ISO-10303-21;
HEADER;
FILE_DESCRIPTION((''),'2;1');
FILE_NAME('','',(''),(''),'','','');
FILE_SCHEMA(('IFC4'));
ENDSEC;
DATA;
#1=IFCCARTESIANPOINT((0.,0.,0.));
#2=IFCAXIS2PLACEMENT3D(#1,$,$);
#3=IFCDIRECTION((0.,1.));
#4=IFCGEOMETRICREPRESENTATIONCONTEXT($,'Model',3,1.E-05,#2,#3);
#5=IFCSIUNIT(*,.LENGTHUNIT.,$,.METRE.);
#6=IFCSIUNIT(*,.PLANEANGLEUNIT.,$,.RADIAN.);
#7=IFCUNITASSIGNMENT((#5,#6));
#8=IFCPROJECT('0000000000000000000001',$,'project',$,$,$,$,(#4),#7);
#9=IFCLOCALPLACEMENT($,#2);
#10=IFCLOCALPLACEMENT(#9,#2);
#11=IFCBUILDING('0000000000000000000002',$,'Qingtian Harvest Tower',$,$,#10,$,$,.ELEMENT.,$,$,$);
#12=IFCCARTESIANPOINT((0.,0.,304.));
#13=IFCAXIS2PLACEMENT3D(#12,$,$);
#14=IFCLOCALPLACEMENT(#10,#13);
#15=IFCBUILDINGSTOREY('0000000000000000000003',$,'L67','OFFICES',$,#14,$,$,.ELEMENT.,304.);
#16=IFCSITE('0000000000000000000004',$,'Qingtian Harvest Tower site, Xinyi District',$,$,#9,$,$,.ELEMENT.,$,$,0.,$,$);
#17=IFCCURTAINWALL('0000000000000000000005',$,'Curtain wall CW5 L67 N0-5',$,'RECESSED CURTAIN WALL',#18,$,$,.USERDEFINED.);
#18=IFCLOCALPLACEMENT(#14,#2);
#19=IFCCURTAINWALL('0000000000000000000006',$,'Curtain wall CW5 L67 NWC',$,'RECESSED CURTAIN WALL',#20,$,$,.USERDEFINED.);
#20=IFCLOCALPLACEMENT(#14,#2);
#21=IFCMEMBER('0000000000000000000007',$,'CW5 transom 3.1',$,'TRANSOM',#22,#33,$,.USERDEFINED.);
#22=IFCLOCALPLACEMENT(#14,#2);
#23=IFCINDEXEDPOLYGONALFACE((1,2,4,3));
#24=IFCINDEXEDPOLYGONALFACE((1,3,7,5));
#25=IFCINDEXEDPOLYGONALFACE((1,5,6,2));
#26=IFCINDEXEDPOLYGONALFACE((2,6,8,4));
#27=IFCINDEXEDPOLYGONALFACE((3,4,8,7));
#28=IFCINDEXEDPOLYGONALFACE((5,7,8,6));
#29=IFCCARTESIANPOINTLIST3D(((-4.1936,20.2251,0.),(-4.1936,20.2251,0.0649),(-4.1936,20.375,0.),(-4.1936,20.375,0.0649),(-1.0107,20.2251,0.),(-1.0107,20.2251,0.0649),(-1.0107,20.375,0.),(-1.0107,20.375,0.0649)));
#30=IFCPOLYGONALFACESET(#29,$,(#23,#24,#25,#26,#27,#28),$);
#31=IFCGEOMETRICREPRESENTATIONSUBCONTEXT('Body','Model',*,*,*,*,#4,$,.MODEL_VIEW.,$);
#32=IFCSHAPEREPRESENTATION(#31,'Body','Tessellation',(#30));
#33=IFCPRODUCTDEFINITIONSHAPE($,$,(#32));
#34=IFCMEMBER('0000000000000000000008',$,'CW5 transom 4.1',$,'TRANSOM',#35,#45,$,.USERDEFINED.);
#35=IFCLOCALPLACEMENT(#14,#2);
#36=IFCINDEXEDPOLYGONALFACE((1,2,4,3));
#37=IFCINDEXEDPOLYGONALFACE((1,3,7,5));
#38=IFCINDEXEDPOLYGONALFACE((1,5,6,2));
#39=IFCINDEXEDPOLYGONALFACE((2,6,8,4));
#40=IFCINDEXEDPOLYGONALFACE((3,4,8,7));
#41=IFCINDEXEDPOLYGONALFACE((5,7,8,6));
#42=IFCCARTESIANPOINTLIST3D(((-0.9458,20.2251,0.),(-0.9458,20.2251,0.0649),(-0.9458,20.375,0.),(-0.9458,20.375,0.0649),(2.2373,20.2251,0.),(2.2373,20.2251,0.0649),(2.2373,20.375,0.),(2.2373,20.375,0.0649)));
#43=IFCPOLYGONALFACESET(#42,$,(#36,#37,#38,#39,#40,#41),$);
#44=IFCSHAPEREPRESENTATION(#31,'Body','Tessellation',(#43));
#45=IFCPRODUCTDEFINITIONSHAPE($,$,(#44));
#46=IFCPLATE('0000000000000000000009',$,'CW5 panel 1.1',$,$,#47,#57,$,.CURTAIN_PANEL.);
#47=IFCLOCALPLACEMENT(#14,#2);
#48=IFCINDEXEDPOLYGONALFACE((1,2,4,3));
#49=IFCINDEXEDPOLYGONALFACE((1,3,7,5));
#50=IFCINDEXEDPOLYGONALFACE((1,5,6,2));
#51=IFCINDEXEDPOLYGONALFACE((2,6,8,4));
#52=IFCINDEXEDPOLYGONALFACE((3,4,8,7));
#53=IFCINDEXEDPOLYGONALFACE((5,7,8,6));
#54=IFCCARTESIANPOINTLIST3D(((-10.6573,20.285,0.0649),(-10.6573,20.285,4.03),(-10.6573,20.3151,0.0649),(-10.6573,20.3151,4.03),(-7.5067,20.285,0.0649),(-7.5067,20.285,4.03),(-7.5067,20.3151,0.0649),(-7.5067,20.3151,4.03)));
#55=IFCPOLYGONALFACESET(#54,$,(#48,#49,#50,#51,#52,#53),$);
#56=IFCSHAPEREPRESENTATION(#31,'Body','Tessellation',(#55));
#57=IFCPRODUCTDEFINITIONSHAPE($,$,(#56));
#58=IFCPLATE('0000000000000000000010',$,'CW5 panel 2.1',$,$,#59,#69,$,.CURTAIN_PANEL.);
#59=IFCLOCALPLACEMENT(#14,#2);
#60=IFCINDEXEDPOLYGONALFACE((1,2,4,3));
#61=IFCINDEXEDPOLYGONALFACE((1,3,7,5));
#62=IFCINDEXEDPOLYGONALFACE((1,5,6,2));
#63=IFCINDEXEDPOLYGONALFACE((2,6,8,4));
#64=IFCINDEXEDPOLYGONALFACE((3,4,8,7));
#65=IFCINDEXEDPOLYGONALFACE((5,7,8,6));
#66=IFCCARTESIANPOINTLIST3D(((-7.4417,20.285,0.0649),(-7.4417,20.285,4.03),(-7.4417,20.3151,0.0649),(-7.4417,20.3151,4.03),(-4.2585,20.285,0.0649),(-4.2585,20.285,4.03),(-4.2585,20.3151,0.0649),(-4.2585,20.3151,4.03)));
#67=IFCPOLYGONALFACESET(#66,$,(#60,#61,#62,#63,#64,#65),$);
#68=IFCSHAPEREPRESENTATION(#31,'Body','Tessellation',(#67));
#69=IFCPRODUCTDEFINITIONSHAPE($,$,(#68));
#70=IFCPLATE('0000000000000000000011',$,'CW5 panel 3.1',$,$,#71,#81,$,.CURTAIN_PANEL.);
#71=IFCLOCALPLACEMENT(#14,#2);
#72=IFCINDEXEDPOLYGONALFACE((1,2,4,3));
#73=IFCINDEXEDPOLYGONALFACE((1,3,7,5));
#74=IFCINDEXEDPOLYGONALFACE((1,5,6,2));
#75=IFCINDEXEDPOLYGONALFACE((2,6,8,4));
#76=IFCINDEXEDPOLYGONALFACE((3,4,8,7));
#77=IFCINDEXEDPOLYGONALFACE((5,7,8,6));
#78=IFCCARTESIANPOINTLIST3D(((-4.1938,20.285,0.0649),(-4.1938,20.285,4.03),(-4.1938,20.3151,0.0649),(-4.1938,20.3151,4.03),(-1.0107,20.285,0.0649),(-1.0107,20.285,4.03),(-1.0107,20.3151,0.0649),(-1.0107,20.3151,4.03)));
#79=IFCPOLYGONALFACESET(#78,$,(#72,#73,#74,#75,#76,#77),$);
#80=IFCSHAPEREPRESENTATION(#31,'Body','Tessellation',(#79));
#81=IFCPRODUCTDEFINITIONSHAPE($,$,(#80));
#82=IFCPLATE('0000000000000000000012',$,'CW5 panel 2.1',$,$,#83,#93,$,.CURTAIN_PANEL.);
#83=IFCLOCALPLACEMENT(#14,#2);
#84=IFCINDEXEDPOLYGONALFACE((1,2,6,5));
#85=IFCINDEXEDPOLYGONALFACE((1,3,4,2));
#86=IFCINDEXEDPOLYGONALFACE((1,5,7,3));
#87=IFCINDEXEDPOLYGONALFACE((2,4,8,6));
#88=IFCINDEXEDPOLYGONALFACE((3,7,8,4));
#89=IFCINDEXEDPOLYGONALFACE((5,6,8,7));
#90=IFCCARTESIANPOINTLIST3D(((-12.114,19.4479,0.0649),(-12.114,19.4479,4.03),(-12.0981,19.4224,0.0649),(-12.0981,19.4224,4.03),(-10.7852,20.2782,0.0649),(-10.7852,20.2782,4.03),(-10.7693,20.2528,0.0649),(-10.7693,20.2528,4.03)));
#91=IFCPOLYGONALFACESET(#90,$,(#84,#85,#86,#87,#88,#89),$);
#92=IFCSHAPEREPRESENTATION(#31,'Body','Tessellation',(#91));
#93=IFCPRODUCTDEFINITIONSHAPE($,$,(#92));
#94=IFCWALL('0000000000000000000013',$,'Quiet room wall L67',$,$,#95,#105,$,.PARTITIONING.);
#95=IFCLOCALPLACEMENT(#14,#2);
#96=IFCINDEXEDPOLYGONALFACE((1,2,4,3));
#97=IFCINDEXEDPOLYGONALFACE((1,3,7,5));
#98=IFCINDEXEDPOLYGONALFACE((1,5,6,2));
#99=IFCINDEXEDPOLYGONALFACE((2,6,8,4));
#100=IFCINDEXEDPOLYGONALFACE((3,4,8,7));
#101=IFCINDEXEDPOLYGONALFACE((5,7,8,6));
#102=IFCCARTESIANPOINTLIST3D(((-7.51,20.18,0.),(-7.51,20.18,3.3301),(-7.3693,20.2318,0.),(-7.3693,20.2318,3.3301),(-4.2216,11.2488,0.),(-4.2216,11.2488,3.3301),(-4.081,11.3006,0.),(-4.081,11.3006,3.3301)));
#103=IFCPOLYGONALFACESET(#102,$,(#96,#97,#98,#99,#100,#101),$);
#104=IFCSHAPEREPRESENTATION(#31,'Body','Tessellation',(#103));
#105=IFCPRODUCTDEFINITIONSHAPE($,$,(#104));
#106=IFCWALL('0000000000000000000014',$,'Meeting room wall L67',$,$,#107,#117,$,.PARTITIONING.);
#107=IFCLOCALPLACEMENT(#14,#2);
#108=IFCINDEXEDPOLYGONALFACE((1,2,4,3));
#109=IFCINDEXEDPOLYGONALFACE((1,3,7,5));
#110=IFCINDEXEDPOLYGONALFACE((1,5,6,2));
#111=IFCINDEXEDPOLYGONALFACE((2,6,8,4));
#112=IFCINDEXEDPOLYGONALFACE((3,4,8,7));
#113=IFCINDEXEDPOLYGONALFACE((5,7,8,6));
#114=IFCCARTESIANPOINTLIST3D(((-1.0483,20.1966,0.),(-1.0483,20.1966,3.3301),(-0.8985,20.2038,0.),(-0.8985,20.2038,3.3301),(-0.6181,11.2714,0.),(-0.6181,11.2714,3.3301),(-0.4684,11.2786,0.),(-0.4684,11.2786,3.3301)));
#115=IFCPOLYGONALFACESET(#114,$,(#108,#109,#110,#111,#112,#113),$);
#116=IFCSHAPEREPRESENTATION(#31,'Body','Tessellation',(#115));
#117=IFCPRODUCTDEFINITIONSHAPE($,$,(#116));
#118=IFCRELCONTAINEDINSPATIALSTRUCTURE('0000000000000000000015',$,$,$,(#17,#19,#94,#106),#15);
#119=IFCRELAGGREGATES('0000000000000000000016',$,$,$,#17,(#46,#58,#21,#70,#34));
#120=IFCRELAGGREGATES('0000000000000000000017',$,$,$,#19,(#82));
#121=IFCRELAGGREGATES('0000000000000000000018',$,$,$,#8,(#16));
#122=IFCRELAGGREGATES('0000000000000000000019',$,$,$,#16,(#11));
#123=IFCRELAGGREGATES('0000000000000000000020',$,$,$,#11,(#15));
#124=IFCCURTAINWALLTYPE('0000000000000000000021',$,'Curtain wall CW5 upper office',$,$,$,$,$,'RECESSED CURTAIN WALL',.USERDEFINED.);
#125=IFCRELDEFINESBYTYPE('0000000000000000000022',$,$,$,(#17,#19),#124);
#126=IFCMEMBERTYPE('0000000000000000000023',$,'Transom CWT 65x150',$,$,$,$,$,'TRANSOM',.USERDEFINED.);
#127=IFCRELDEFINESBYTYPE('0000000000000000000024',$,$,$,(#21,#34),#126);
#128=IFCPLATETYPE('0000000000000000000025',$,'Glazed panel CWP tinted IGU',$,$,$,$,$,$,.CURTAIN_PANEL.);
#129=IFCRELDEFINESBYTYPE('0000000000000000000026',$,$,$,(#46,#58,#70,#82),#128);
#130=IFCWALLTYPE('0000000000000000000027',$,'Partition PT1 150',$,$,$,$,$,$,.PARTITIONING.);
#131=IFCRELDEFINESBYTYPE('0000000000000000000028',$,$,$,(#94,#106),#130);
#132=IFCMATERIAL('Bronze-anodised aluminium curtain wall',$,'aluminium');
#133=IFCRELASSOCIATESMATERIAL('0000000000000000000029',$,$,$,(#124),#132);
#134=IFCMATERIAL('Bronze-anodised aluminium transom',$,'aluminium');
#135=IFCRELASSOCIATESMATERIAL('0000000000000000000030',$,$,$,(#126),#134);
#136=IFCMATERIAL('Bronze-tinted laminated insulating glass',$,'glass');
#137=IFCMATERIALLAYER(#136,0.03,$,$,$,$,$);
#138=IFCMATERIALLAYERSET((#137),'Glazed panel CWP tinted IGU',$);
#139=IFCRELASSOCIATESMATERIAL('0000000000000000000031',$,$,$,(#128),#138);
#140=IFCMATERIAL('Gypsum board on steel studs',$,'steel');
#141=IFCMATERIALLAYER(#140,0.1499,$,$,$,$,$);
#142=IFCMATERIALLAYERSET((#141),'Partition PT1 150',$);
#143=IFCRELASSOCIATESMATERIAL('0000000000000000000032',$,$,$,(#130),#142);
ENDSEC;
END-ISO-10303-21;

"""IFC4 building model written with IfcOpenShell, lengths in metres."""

from ifc_helpers import new_model, si_unit, direction, frame, frame_2d, origin, origin_2d, place, context, subcontext, project, spatial, rectangle, extrude, material, layer, layer_set, material_profile, profile_set, type_object, element, aggregate, save


model = new_model("IFC4")

# Units and contexts
model_context = context("Model", 3, precision=1e-05, world=origin(), true_north=direction((0.0, 1.0)))
body_context = subcontext(model_context, "Body", "Model", "MODEL_VIEW")
ifc_project = project(units=[si_unit("LENGTHUNIT", "METRE"), si_unit("PLANEANGLEUNIT", "RADIAN")], contexts=[model_context])

# Site, building, storey
site_placement = place(None, origin())
site = spatial("IfcSite", under=ifc_project, at=site_placement, Name="Qingtian Harvest Tower site, Xinyi District", CompositionType="ELEMENT", RefElevation=0.0)
building_placement = place(site_placement, origin())
building = spatial("IfcBuilding", under=site, at=building_placement, Name="Qingtian Harvest Tower", CompositionType="ELEMENT")
storey_placement = place(building_placement, frame((0.0, 0.0, 304.0)))
storey = spatial("IfcBuildingStorey", under=building, at=storey_placement, Name="L67", Description="OFFICES", CompositionType="ELEMENT", Elevation=304.0)

# Curtain wall
ifc_material_1 = material(Name="Bronze-anodised aluminium curtain wall", Category="aluminium")
curtain_wall_type = type_object("IfcCurtainWallType", Name="Curtain wall CW5 upper office", ElementType="RECESSED CURTAIN WALL", PredefinedType="USERDEFINED", material=ifc_material_1)
curtain_wall_1_placement = place(storey_placement, origin())
curtain_wall_1 = element("IfcCurtainWall", 1, at=curtain_wall_1_placement, inside=storey, type_object=curtain_wall_type, Name="Curtain wall CW5 L67 N0-5", ObjectType="RECESSED CURTAIN WALL", PredefinedType="USERDEFINED")

# Curtain wall
curtain_wall_2_placement = place(storey_placement, origin())
curtain_wall_2 = element("IfcCurtainWall", 2, at=curtain_wall_2_placement, inside=storey, type_object=curtain_wall_type, Name="Curtain wall CW5 L67 NWC", ObjectType="RECESSED CURTAIN WALL", PredefinedType="USERDEFINED")

# Members
ifc_material_2 = material(Name="Bronze-anodised aluminium transom", Category="aluminium")
ifc_material_profile_1 = material_profile(ifc_material_2, rectangle(XDim=0.1499, YDim=0.0649, at=origin_2d()), Name="AL 65x150")
ifc_profile_set_1 = profile_set([ifc_material_profile_1], Name="Bronze-anodised aluminium transom")
member_type_1 = type_object("IfcMemberType", Name="Transom CWT 65x150", ElementType="TRANSOM", PredefinedType="USERDEFINED", material=ifc_profile_set_1)
member_1_placement = place(storey_placement, frame((-4.1936, 20.3, 0.0325), z_axis=(1.0, 0.0, 0.0), x_axis=(0.0, 1.0, 0.0)))
member_1 = element("IfcMember", 3, at=member_1_placement, type_object=member_type_1, Name="CW5 transom 3.1", ObjectType="TRANSOM", PredefinedType="USERDEFINED", context=body_context, shape_type="SweptSolid", body=[
    extrude(rectangle(XDim=0.1499, YDim=0.0649, at=origin_2d()), origin(), (0.0, 0.0, 1.0), 3.1829),
])
member_2_placement = place(storey_placement, frame((-0.9458, 20.3, 0.0325), z_axis=(1.0, 0.0, 0.0), x_axis=(0.0, 1.0, 0.0)))
member_2 = element("IfcMember", 4, at=member_2_placement, type_object=member_type_1, Name="CW5 transom 4.1", ObjectType="TRANSOM", PredefinedType="USERDEFINED", context=body_context, shape_type="SweptSolid", body=[
    extrude(rectangle(XDim=0.1499, YDim=0.0649, at=origin_2d()), origin(), (0.0, 0.0, 1.0), 3.1831),
])

# Plates
ifc_material_3 = material(Name="Bronze-tinted laminated insulating glass", Category="glass")
ifc_layer_1 = layer(ifc_material_3, 0.03)
ifc_layer_set_1 = layer_set([ifc_layer_1], Name="Glazed panel CWP tinted IGU")
plate_type = type_object("IfcPlateType", Name="Glazed panel CWP tinted IGU", PredefinedType="CURTAIN_PANEL", material=ifc_layer_set_1)
plate_1_placement = place(storey_placement, frame((-9.082, 20.3, 0.0649), z_axis=(0.0, 0.0, 1.0), x_axis=(1.0, 0.0, 0.0)))
plate_1 = element("IfcPlate", 5, at=plate_1_placement, type_object=plate_type, Name="CW5 panel 1.1", PredefinedType="CURTAIN_PANEL", context=body_context, shape_type="SweptSolid", body=[
    extrude(rectangle(XDim=3.1506, YDim=0.03, at=origin_2d()), origin(), (0.0, 0.0, 1.0), 3.9651),
])
plate_2_placement = place(storey_placement, frame((-5.8501, 20.3, 0.0649), z_axis=(0.0, 0.0, 1.0), x_axis=(1.0, 0.0, 0.0)))
plate_2 = element("IfcPlate", 6, at=plate_2_placement, type_object=plate_type, Name="CW5 panel 2.1", PredefinedType="CURTAIN_PANEL", context=body_context, shape_type="SweptSolid", body=[
    extrude(rectangle(XDim=3.1831, YDim=0.03, at=origin_2d()), origin(), (0.0, 0.0, 1.0), 3.9651),
])
plate_3_placement = place(storey_placement, frame((-2.6023, 20.3, 0.0649), z_axis=(0.0, 0.0, 1.0), x_axis=(1.0, 0.0, 0.0)))
plate_3 = element("IfcPlate", 7, at=plate_3_placement, type_object=plate_type, Name="CW5 panel 3.1", PredefinedType="CURTAIN_PANEL", context=body_context, shape_type="SweptSolid", body=[
    extrude(rectangle(XDim=3.1831, YDim=0.03, at=origin_2d()), origin(), (0.0, 0.0, 1.0), 3.9651),
])
aggregate(curtain_wall_1, [plate_1, plate_2, member_1, plate_3, member_2])
plate_4_placement = place(storey_placement, frame((-11.4417, 19.8503, 0.0649), z_axis=(0.0, 0.0, 1.0), x_axis=(0.848048, 0.529919, 0.0)))
plate_4 = element("IfcPlate", 8, at=plate_4_placement, type_object=plate_type, Name="CW5 panel 2.1", PredefinedType="CURTAIN_PANEL", context=body_context, shape_type="SweptSolid", body=[
    extrude(rectangle(XDim=1.5669, YDim=0.03, at=origin_2d()), origin(), (0.0, 0.0, 1.0), 3.9651),
])
aggregate(curtain_wall_2, [plate_4])

# Walls
ifc_material_4 = material(Name="Gypsum board on steel studs", Category="steel")
ifc_layer_2 = layer(ifc_material_4, 0.1499)
ifc_layer_set_2 = layer_set([ifc_layer_2], Name="Partition PT1 150")
wall_type = type_object("IfcWallType", Name="Partition PT1 150", PredefinedType="PARTITIONING", material=ifc_layer_set_2)
wall_1_placement = place(storey_placement, frame((-7.4397, 20.2061, 0.0), z_axis=(0.0, 0.0, 1.0), x_axis=(0.345512, -0.938414, 0.0)))
element("IfcWall", 9, at=wall_1_placement, inside=storey, type_object=wall_type, Name="Quiet room wall L67", PredefinedType="PARTITIONING", context=body_context, shape_type="SweptSolid", body=[
    extrude(rectangle(XDim=9.5173, YDim=0.1499, at=frame_2d((4.7588, 0.0))), origin(), (0.0, 0.0, 1.0), 3.3301),
])
wall_2_placement = place(storey_placement, frame((-0.9734, 20.2002, 0.0), z_axis=(0.0, 0.0, 1.0), x_axis=(0.048142, -0.998841, 0.0)))
element("IfcWall", 10, at=wall_2_placement, inside=storey, type_object=wall_type, Name="Meeting room wall L67", PredefinedType="PARTITIONING", context=body_context, shape_type="SweptSolid", body=[
    extrude(rectangle(XDim=8.9355, YDim=0.1499, at=frame_2d((4.4678, 0.0))), origin(), (0.0, 0.0, 1.0), 3.3301),
])

save(model, "model.ifc")
